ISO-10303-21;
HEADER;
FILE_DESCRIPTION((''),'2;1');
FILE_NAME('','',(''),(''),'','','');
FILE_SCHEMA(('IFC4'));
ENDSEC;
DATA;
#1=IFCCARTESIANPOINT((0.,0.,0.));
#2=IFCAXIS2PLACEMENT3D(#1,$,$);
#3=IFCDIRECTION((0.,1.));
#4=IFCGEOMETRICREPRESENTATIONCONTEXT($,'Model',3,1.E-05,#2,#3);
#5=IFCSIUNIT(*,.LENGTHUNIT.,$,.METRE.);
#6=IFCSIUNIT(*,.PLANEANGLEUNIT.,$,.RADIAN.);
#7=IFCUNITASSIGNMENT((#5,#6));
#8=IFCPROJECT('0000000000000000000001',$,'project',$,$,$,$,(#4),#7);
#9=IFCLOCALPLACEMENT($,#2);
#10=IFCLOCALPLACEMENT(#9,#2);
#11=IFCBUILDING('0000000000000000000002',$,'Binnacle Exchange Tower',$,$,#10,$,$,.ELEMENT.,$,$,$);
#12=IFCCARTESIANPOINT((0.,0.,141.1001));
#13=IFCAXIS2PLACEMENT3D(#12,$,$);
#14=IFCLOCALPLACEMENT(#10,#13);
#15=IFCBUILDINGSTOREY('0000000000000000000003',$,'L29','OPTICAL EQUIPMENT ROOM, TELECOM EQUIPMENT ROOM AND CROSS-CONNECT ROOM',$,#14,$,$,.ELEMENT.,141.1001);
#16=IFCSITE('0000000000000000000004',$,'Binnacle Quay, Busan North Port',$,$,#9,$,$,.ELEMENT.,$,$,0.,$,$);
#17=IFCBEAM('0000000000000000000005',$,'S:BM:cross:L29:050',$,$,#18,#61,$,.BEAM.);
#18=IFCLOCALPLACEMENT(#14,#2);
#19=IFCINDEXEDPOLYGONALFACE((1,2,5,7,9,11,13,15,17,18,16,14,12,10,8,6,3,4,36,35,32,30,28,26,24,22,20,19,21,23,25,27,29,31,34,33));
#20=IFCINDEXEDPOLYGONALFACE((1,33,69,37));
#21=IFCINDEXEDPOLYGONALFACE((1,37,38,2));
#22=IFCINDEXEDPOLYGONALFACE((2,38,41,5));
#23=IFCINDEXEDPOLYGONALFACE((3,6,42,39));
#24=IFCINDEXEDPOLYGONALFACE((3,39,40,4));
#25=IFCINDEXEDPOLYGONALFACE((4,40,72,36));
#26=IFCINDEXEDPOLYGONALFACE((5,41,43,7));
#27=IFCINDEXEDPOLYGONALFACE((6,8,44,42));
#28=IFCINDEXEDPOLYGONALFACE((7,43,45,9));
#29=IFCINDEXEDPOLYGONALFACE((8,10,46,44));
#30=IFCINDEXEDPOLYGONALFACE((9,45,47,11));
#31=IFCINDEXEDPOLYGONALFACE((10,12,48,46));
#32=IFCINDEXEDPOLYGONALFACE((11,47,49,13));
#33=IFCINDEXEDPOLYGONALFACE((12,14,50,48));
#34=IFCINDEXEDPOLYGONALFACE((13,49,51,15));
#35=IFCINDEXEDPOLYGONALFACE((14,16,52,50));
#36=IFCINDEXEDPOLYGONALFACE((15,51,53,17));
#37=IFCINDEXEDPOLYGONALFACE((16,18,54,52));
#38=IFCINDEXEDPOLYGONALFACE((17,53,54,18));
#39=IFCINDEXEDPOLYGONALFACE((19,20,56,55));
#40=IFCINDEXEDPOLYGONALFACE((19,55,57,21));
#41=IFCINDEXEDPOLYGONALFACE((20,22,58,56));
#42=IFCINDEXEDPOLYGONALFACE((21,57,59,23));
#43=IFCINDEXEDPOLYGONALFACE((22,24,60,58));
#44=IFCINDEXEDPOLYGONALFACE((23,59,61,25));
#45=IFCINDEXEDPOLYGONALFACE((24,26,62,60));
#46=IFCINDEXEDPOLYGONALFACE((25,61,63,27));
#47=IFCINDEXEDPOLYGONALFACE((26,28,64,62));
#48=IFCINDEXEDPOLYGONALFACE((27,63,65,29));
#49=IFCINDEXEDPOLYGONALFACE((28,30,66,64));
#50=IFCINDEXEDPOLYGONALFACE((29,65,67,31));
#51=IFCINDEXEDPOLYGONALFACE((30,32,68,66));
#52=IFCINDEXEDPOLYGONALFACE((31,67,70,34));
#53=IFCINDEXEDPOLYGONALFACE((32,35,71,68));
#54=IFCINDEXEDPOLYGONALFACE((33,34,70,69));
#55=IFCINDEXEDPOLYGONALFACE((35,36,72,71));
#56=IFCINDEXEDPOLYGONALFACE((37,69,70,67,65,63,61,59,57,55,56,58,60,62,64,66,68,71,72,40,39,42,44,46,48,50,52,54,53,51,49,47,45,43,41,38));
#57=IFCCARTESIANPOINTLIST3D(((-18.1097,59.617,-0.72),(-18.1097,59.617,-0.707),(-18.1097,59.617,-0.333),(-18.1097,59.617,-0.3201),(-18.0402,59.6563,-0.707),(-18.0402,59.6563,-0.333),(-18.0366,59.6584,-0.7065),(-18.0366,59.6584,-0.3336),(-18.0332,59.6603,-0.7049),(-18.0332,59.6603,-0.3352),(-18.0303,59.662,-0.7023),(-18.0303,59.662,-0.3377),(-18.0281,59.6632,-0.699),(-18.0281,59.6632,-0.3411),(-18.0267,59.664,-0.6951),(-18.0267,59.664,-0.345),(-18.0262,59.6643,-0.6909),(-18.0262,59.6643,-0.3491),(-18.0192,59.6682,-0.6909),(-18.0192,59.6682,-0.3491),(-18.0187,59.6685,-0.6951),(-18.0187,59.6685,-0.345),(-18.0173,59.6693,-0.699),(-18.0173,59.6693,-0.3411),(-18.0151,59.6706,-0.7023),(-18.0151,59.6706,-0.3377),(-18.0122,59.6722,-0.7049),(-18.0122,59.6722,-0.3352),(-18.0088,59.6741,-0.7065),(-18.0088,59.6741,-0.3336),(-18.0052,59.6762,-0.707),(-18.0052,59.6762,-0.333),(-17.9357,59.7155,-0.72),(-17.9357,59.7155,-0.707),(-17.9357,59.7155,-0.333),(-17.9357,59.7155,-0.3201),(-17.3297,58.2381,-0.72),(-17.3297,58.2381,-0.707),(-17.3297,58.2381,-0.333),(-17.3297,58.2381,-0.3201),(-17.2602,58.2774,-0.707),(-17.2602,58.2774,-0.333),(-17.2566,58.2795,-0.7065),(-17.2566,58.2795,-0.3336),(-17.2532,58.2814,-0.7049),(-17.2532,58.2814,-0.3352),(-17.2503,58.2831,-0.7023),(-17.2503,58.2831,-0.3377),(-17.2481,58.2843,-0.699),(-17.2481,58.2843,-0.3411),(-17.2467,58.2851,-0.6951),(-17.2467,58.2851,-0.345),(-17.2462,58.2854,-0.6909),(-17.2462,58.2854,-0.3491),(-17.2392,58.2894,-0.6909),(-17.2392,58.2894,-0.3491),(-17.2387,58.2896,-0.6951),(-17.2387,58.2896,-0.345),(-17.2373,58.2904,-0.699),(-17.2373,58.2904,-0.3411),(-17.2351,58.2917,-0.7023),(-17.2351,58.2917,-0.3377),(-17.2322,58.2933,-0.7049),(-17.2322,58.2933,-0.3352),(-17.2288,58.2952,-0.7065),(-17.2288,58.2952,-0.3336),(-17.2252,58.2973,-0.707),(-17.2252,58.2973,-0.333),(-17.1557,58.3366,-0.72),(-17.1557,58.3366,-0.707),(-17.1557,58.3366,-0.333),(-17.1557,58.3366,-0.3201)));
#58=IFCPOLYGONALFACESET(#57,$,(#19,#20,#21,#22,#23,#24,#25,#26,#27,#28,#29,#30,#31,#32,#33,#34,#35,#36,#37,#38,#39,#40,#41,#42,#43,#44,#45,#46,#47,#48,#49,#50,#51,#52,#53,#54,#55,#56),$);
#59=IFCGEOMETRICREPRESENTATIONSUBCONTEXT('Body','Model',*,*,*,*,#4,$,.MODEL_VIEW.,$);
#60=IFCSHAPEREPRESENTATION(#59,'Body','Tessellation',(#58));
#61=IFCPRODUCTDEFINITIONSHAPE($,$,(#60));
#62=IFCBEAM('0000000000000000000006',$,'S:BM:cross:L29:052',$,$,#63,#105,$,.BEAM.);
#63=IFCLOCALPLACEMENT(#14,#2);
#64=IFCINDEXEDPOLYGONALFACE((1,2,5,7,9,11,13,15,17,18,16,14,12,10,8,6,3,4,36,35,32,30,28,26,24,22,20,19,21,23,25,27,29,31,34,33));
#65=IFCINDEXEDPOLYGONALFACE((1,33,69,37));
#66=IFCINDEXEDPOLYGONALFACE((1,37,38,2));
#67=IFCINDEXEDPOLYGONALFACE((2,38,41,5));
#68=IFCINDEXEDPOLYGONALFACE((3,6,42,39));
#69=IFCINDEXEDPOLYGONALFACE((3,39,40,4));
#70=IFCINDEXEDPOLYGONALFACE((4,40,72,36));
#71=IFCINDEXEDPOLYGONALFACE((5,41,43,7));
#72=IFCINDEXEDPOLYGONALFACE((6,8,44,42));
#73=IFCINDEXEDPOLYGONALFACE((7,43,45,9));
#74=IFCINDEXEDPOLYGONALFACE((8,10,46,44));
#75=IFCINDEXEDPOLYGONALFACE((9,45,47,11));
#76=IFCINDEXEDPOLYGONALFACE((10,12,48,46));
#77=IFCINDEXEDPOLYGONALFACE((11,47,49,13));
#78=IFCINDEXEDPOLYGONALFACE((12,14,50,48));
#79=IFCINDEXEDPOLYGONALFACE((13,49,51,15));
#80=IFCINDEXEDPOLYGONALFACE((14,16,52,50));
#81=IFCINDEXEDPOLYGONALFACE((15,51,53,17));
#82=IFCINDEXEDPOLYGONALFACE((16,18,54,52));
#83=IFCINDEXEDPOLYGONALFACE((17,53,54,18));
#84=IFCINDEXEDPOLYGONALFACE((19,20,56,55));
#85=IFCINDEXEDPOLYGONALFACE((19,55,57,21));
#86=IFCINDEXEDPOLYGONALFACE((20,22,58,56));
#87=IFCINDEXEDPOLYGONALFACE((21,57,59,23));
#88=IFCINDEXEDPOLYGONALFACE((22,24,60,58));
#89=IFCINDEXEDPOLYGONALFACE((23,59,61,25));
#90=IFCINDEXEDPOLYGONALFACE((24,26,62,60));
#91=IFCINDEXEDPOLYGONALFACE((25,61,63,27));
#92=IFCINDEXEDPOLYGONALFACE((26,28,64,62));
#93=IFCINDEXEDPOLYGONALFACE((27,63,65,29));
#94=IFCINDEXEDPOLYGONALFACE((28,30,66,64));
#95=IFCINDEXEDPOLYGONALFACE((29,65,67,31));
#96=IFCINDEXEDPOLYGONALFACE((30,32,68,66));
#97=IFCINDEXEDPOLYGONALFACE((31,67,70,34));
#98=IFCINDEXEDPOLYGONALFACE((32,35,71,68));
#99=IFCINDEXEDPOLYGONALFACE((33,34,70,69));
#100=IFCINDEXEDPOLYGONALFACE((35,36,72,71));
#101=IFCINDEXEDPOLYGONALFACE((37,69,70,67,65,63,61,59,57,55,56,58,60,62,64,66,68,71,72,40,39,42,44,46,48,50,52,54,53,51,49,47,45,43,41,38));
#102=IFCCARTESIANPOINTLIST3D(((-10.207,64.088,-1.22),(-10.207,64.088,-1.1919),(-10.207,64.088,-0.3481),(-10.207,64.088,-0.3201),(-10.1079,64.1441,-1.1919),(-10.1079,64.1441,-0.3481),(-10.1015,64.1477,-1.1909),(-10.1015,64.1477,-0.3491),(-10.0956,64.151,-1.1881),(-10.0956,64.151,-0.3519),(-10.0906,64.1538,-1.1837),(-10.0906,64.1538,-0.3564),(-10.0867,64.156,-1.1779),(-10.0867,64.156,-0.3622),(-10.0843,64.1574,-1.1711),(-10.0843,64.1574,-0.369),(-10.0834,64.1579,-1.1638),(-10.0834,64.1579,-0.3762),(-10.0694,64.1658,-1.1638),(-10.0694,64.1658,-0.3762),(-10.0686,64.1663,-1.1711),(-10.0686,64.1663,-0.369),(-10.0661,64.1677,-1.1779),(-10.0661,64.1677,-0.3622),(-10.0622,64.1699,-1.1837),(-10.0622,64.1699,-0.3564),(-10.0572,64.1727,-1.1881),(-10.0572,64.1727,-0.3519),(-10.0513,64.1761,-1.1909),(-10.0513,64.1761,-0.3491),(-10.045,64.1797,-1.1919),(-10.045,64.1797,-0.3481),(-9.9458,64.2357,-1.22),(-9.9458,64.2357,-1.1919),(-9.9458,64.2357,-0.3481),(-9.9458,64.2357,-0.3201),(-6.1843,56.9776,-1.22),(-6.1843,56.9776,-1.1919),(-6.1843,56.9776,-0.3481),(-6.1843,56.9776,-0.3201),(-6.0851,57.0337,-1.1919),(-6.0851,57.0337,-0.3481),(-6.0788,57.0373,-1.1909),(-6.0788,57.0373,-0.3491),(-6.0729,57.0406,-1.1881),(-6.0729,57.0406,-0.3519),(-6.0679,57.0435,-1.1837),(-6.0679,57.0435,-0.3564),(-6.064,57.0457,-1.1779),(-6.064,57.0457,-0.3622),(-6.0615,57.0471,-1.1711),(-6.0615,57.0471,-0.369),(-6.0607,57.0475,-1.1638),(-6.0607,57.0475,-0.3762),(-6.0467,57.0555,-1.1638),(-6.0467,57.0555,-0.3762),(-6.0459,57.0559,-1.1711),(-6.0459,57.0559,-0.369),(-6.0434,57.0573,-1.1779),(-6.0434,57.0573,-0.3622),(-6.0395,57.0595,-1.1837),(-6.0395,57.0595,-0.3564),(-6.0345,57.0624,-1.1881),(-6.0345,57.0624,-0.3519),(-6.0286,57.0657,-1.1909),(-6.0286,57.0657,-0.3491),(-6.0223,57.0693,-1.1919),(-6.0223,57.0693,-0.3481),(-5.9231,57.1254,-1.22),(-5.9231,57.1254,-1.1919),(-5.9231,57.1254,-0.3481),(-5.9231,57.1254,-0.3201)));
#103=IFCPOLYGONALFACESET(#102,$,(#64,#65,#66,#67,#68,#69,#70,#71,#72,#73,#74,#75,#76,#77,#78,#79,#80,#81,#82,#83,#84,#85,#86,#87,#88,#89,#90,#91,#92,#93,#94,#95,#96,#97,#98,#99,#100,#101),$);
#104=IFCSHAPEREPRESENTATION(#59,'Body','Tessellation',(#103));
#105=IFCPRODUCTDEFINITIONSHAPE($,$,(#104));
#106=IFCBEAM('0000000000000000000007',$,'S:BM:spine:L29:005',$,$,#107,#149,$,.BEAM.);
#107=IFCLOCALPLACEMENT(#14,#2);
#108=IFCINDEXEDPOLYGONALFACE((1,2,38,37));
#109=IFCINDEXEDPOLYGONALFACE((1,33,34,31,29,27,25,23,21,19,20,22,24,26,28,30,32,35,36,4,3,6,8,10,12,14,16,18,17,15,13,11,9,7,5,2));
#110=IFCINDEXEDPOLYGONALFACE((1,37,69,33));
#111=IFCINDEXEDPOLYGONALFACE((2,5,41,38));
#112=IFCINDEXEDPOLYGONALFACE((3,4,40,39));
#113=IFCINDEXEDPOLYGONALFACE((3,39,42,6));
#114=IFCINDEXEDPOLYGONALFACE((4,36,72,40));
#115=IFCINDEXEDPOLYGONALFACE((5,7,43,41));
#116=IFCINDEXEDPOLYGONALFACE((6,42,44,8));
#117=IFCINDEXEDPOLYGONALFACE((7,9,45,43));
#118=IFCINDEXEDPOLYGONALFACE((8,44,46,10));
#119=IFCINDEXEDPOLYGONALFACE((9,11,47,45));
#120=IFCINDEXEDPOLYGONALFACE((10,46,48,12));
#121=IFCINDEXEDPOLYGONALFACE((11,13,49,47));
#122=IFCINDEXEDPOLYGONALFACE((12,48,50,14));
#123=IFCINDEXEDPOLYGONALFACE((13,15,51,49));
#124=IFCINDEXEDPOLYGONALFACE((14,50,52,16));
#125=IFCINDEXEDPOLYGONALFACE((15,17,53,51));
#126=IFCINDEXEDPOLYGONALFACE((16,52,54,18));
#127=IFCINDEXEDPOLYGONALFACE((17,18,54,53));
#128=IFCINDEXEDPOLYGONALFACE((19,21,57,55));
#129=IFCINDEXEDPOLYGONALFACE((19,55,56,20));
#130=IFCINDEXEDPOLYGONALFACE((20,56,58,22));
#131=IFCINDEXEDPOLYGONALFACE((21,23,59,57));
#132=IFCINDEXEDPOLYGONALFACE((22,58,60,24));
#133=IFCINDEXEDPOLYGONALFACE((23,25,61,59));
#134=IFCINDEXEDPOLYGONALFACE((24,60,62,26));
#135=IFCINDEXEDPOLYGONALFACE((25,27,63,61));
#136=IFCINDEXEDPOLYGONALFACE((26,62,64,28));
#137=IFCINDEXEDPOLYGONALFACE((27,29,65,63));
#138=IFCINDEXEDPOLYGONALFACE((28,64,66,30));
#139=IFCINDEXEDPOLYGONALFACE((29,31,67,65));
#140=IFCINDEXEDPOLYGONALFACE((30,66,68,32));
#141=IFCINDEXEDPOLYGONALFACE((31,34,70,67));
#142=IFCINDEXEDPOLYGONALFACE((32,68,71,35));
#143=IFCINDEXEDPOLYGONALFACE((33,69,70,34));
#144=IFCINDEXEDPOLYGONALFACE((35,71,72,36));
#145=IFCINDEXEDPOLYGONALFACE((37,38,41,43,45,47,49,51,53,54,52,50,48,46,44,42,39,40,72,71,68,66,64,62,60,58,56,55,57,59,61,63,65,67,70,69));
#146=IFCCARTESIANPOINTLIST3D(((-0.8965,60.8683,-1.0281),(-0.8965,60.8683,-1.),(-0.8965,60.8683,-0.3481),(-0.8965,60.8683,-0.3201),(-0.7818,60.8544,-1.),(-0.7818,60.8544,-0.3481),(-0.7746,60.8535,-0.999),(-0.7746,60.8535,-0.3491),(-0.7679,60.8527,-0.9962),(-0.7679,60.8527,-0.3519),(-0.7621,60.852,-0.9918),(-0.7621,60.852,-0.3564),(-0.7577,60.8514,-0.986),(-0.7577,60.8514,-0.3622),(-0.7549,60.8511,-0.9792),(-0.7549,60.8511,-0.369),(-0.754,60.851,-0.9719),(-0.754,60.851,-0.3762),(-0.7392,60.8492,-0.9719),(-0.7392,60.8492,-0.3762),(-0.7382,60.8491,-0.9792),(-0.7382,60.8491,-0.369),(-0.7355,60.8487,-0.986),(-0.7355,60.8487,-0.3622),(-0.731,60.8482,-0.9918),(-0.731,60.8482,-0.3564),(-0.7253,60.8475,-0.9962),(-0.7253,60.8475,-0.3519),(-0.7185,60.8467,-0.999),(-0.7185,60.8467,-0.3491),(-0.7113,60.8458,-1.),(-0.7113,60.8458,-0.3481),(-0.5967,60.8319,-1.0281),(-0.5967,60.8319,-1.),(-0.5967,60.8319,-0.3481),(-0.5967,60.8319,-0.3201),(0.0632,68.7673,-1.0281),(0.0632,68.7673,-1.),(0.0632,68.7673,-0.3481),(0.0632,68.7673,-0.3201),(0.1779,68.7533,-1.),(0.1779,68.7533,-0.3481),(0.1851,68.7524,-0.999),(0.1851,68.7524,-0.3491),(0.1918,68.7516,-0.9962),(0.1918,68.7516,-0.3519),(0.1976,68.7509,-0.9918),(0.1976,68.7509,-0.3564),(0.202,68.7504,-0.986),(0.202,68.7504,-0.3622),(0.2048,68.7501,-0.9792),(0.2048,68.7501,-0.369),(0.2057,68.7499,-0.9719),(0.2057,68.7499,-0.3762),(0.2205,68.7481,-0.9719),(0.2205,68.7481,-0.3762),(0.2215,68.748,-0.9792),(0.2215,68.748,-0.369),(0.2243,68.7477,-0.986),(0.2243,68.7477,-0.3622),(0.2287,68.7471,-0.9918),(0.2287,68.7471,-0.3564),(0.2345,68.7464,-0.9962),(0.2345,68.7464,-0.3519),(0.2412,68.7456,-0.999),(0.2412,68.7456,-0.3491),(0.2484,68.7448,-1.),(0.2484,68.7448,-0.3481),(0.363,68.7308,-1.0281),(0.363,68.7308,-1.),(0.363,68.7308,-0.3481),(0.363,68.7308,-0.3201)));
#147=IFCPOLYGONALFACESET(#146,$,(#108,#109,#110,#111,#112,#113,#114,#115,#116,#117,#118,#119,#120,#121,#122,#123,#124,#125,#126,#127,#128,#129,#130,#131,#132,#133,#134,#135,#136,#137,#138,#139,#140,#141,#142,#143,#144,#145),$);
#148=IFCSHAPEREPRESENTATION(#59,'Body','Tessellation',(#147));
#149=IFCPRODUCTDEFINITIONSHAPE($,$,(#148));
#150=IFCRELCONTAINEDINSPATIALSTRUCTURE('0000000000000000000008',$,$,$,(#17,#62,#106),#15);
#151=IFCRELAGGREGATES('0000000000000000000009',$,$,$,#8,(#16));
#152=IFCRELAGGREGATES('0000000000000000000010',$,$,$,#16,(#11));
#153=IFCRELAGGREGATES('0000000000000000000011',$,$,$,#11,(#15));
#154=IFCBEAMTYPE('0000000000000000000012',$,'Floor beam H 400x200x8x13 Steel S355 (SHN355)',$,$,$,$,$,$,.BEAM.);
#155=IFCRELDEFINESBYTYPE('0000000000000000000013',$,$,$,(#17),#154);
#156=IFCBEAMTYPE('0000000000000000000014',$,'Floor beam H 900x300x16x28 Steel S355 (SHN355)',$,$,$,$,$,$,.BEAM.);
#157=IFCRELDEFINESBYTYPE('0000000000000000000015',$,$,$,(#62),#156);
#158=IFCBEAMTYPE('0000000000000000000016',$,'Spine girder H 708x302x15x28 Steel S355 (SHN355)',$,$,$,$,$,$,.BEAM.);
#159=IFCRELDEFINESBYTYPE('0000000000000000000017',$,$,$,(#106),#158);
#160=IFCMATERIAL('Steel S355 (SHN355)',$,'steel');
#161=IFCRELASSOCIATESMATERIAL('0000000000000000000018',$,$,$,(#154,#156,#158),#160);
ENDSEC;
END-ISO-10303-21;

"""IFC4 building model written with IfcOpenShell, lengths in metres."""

from ifc_helpers import new_model, si_unit, direction, frame, origin, origin_2d, place, context, subcontext, project, spatial, i_section, extrude, material, material_profile, profile_set, type_object, element, save


model = new_model("IFC4")

# Units and contexts
model_context = context("Model", 3, precision=1e-05, world=origin(), true_north=direction((0.0, 1.0)))
body_context = subcontext(model_context, "Body", "Model", "MODEL_VIEW")
ifc_project = project(units=[si_unit("LENGTHUNIT", "METRE"), si_unit("PLANEANGLEUNIT", "RADIAN")], contexts=[model_context])

# Site, building, storey
site_placement = place(None, origin())
site = spatial("IfcSite", under=ifc_project, at=site_placement, Name="Binnacle Quay, Busan North Port", CompositionType="ELEMENT", RefElevation=0.0)
building_placement = place(site_placement, origin())
building = spatial("IfcBuilding", under=site, at=building_placement, Name="Binnacle Exchange Tower", CompositionType="ELEMENT")
storey_placement = place(building_placement, frame((0.0, 0.0, 141.1001)))
storey = spatial("IfcBuildingStorey", under=building, at=storey_placement, Name="L29", Description="OPTICAL EQUIPMENT ROOM, TELECOM EQUIPMENT ROOM AND CROSS-CONNECT ROOM", CompositionType="ELEMENT", Elevation=141.1001)

# Beams
ifc_material_1 = material(Name="Steel S355 (SHN355)", Category="steel")
ifc_material_profile_1 = material_profile(ifc_material_1, i_section(OverallWidth=0.2, OverallDepth=0.3999, WebThickness=0.0081, FlangeThickness=0.0129, FilletRadius=0.0161, at=origin_2d()), Name="H 400x200x8x13")
ifc_profile_set_1 = profile_set([ifc_material_profile_1], Name="Steel S355 (SHN355)")
beam_type_1 = type_object("IfcBeamType", Name="Floor beam H 400x200x8x13 Steel S355 (SHN355)", PredefinedType="BEAM", material=ifc_profile_set_1)
beam_1_placement = place(storey_placement, frame((-18.0227, 59.6663, -0.52), z_axis=(0.492367, -0.870388, 0.0), x_axis=(0.870388, 0.492367, 0.0)))
element("IfcBeam", 1, at=beam_1_placement, inside=storey, type_object=beam_type_1, Name="S:BM:cross:L29:050", PredefinedType="BEAM", context=body_context, shape_type="SweptSolid", body=[
    extrude(i_section(OverallWidth=0.2, OverallDepth=0.3999, WebThickness=0.0081, FlangeThickness=0.0129, FilletRadius=0.0161, at=origin_2d()), origin(), (0.0, 0.0, 1.0), 1.5842),
])
ifc_material_profile_2 = material_profile(ifc_material_1, i_section(OverallWidth=0.3, OverallDepth=0.8999, WebThickness=0.0161, FlangeThickness=0.0281, FilletRadius=0.0281, at=origin_2d()), Name="H 900x300x16x28")
ifc_profile_set_2 = profile_set([ifc_material_profile_2], Name="Steel S355 (SHN355)")
beam_type_2 = type_object("IfcBeamType", Name="Floor beam H 900x300x16x28 Steel S355 (SHN355)", PredefinedType="BEAM", material=ifc_profile_set_2)
beam_2_placement = place(storey_placement, frame((-10.0764, 64.1619, -0.77), z_axis=(0.492411, -0.870363, 0.0), x_axis=(0.870363, 0.492411, 0.0)))
element("IfcBeam", 2, at=beam_2_placement, inside=storey, type_object=beam_type_2, Name="S:BM:cross:L29:052", PredefinedType="BEAM", context=body_context, shape_type="SweptSolid", body=[
    extrude(i_section(OverallWidth=0.3, OverallDepth=0.8999, WebThickness=0.0161, FlangeThickness=0.0281, FilletRadius=0.0281, at=origin_2d()), origin(), (0.0, 0.0, 1.0), 8.1694),
])
ifc_material_profile_3 = material_profile(ifc_material_1, i_section(OverallWidth=0.302, OverallDepth=0.708, WebThickness=0.0149, FlangeThickness=0.0281, FilletRadius=0.0281, at=origin_2d()), Name="H 708x302x15x28")
ifc_profile_set_3 = profile_set([ifc_material_profile_3], Name="Steel S355 (SHN355)")
beam_type_3 = type_object("IfcBeamType", Name="Spine girder H 708x302x15x28 Steel S355 (SHN355)", PredefinedType="BEAM", material=ifc_profile_set_3)
beam_3_placement = place(storey_placement, frame((-0.7466, 60.8501, -0.6741), z_axis=(0.120613, 0.9927, 0.0), x_axis=(-0.9927, 0.120613, 0.0)))
element("IfcBeam", 3, at=beam_3_placement, inside=storey, type_object=beam_type_3, Name="S:BM:spine:L29:005", PredefinedType="BEAM", context=body_context, shape_type="SweptSolid", body=[
    extrude(i_section(OverallWidth=0.302, OverallDepth=0.708, WebThickness=0.0149, FlangeThickness=0.0281, FilletRadius=0.0281, at=origin_2d()), origin(), (0.0, 0.0, 1.0), 7.957),
])

save(model, "model.ifc")
